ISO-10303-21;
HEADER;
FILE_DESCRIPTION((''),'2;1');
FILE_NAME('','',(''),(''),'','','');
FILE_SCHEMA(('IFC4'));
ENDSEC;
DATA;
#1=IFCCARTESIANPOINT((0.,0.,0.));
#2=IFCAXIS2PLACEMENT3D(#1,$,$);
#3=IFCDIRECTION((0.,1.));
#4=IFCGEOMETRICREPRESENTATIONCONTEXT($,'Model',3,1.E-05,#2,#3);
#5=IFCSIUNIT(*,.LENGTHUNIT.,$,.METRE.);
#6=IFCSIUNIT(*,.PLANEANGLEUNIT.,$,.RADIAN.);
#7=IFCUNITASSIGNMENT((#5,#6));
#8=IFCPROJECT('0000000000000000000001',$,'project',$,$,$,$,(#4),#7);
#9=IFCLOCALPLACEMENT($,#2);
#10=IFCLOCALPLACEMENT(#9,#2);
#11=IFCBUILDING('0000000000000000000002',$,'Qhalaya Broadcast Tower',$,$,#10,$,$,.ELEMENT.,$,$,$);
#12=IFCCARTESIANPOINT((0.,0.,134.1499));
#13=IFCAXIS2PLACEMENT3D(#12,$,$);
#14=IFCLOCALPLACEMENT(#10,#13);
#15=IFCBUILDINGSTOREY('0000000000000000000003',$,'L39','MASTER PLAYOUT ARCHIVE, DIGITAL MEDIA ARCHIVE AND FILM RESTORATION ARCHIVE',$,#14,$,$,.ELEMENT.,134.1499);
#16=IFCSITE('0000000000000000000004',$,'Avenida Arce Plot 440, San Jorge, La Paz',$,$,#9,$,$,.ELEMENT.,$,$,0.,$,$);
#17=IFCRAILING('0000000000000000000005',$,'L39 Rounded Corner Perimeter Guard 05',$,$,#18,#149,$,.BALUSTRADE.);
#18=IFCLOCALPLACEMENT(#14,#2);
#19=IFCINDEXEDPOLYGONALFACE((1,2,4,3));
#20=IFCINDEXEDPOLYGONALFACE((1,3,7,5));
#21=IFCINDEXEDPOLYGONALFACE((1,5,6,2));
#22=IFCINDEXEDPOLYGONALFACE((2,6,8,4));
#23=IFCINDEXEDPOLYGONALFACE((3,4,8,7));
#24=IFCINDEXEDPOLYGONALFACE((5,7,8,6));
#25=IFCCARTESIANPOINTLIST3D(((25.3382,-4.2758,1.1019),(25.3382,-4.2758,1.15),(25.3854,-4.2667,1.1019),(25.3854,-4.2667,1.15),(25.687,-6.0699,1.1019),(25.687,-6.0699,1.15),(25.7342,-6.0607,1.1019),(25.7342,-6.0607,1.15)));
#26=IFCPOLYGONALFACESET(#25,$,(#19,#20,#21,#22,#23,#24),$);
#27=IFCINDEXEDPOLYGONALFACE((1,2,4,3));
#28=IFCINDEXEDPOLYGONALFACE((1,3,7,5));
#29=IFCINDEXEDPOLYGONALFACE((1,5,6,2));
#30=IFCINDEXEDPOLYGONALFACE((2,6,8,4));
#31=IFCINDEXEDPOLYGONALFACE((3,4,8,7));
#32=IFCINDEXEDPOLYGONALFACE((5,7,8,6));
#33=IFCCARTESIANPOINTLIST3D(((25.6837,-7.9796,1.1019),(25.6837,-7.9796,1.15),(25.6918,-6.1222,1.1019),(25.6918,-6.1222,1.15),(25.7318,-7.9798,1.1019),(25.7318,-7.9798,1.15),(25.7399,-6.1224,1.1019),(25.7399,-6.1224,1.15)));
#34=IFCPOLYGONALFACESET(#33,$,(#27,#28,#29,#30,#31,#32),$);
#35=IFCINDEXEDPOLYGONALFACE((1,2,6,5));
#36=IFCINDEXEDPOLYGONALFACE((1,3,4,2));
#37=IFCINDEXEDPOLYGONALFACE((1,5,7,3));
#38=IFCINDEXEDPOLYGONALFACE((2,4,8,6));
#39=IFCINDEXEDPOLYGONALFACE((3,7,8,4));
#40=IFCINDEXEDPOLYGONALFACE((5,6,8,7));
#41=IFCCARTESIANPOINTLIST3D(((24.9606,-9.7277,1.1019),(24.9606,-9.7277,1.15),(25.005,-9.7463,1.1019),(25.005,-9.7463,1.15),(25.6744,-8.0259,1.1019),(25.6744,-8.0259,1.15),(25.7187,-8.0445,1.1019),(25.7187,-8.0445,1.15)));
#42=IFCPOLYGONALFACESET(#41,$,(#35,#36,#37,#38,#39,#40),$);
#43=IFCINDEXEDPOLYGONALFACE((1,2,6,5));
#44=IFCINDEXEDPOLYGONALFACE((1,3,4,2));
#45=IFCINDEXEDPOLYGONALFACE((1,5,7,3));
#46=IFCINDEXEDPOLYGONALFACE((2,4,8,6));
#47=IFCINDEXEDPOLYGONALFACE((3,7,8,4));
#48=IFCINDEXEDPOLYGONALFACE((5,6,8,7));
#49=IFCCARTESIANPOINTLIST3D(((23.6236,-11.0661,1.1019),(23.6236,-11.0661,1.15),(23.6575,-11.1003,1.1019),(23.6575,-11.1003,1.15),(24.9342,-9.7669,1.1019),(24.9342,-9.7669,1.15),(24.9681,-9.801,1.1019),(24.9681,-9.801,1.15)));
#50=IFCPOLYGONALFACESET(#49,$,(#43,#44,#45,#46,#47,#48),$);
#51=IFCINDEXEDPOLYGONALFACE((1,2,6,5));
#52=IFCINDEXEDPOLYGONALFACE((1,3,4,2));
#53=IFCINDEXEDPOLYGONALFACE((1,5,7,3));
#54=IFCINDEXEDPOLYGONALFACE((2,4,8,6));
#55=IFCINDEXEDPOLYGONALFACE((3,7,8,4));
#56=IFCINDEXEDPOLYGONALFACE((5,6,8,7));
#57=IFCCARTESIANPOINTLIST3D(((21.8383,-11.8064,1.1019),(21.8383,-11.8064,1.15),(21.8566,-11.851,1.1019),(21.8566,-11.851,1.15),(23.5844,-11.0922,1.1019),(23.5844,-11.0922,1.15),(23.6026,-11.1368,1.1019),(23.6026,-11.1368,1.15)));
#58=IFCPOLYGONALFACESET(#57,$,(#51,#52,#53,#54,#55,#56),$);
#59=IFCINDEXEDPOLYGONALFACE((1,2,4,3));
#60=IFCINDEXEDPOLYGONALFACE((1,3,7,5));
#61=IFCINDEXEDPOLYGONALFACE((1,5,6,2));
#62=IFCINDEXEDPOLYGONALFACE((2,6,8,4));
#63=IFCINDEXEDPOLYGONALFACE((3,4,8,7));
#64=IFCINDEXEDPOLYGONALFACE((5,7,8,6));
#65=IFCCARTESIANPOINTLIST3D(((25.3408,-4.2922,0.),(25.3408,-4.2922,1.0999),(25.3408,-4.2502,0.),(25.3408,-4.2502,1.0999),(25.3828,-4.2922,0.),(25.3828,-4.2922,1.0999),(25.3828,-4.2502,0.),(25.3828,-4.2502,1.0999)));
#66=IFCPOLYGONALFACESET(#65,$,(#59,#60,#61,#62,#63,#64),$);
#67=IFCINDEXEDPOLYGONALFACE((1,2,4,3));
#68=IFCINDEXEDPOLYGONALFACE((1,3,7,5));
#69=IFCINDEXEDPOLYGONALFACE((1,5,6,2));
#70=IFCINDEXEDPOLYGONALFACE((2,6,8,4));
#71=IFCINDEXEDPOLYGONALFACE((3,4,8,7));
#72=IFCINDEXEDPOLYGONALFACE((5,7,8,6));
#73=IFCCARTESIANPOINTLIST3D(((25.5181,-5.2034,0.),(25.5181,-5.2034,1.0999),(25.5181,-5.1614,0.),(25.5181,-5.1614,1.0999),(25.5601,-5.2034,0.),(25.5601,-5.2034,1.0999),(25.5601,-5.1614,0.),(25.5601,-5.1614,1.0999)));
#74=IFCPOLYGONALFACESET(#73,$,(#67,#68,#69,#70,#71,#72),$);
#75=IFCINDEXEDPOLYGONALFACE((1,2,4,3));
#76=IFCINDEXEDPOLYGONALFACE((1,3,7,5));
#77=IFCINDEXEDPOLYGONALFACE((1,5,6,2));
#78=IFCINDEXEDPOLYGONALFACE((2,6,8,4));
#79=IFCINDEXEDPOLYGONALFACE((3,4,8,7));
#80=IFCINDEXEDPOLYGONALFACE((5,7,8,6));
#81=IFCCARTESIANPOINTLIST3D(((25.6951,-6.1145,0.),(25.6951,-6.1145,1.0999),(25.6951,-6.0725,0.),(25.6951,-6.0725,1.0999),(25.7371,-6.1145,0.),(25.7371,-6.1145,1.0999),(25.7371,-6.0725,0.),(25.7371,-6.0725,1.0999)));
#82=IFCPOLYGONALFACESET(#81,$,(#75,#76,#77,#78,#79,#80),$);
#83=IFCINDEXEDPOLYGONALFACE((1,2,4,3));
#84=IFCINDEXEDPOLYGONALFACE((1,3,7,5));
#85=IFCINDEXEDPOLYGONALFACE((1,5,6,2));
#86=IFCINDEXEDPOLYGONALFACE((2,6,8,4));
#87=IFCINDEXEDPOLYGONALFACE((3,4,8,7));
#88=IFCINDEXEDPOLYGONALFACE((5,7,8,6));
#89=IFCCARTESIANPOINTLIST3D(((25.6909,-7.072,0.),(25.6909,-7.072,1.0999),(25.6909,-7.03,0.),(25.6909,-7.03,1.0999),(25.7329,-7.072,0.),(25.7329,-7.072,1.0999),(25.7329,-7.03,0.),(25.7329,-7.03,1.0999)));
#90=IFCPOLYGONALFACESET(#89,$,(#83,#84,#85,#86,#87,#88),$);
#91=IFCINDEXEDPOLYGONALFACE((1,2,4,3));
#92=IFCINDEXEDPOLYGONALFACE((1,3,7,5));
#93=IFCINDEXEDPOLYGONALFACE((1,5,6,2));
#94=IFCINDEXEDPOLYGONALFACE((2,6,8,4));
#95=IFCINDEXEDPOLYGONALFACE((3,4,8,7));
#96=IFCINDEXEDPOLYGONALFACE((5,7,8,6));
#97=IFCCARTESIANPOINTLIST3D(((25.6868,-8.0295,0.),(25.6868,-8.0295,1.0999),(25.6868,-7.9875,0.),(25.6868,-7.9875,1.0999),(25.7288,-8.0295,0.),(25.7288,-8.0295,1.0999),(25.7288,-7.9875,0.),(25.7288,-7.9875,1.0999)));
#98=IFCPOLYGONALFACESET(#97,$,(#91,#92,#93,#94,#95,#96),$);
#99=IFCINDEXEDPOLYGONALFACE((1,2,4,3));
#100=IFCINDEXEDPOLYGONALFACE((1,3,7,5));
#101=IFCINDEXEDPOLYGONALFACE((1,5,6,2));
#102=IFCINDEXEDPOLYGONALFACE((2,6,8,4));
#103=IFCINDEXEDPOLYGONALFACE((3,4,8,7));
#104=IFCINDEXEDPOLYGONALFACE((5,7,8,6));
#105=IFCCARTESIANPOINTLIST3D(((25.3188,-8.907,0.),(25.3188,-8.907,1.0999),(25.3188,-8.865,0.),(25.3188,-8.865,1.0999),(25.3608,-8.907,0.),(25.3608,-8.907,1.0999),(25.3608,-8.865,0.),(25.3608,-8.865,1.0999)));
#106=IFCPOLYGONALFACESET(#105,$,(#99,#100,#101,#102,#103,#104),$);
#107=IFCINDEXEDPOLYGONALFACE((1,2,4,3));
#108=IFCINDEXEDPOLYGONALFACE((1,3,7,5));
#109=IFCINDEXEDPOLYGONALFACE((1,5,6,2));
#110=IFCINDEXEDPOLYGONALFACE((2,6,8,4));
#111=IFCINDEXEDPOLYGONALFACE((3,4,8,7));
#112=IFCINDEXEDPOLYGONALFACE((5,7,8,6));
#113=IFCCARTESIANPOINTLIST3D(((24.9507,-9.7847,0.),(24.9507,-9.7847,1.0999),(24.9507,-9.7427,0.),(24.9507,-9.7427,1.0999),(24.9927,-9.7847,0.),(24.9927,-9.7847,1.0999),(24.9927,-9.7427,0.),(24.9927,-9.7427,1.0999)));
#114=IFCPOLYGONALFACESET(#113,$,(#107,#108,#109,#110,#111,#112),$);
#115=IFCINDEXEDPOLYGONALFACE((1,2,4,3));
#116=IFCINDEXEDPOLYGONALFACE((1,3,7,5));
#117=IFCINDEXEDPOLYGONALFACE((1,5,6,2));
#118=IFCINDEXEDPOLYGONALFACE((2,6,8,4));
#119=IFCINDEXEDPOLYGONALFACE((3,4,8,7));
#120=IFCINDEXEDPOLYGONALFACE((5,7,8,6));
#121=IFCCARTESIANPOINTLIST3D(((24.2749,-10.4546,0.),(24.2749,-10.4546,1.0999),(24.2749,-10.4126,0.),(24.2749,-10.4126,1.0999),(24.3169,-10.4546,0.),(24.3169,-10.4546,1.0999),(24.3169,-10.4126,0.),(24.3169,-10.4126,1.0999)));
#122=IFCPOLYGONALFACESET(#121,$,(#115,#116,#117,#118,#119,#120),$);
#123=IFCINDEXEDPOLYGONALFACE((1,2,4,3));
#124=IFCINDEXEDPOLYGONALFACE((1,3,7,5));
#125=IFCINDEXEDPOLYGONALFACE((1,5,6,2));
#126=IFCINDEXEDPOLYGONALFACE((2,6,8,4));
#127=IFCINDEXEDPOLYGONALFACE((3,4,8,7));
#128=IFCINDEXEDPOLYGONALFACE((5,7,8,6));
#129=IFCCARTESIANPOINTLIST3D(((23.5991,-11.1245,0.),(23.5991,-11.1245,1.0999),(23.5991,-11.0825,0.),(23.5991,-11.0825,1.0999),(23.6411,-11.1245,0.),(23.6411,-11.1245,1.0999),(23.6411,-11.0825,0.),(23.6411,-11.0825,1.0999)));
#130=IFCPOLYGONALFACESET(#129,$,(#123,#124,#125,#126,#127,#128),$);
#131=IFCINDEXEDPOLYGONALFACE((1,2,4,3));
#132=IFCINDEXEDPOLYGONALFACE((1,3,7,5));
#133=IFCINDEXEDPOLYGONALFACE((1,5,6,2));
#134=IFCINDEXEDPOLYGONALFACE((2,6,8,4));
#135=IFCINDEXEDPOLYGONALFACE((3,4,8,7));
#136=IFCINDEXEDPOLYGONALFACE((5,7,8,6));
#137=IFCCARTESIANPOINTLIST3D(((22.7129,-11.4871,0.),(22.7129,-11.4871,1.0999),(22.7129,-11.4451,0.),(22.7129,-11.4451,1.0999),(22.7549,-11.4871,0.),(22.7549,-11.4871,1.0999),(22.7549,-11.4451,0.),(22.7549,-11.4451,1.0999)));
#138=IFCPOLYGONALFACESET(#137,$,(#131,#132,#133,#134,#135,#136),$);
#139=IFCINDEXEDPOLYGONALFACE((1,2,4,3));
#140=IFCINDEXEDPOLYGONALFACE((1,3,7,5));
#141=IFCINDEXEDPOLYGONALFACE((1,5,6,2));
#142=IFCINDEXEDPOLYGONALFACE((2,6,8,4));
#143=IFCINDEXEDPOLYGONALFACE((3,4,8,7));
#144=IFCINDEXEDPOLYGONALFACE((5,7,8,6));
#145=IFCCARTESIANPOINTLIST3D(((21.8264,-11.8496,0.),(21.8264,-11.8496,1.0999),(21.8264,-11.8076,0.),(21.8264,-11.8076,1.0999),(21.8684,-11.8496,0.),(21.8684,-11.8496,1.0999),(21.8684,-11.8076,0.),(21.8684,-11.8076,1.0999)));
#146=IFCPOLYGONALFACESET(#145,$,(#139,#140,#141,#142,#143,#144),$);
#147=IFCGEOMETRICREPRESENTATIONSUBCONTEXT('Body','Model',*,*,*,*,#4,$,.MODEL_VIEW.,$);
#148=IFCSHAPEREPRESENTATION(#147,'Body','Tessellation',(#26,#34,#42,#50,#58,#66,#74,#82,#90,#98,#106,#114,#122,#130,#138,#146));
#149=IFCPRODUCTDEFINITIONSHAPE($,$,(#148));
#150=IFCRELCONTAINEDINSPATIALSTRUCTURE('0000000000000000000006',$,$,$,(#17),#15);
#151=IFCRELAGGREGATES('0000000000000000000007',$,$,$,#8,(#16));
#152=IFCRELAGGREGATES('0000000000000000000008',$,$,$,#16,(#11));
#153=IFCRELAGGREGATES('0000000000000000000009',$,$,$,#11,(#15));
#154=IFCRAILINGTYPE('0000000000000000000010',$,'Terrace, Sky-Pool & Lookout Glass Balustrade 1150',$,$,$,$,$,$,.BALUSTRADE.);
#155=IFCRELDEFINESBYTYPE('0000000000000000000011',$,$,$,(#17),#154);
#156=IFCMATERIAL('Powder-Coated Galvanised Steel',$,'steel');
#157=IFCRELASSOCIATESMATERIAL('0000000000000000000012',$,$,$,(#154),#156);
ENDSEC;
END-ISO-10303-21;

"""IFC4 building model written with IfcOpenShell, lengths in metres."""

from ifc_helpers import new_model, si_unit, direction, frame, origin, origin_2d, place, context, subcontext, project, spatial, rectangle, extrude, material, type_object, element, save


model = new_model("IFC4")

# Units and contexts
model_context = context("Model", 3, precision=1e-05, world=origin(), true_north=direction((0.0, 1.0)))
body_context = subcontext(model_context, "Body", "Model", "MODEL_VIEW")
ifc_project = project(units=[si_unit("LENGTHUNIT", "METRE"), si_unit("PLANEANGLEUNIT", "RADIAN")], contexts=[model_context])

# Site, building, storey
site_placement = place(None, origin())
site = spatial("IfcSite", under=ifc_project, at=site_placement, Name="Avenida Arce Plot 440, San Jorge, La Paz", CompositionType="ELEMENT", RefElevation=0.0)
building_placement = place(site_placement, origin())
building = spatial("IfcBuilding", under=site, at=building_placement, Name="Qhalaya Broadcast Tower", CompositionType="ELEMENT")
storey_placement = place(building_placement, frame((0.0, 0.0, 134.1499)))
storey = spatial("IfcBuildingStorey", under=building, at=storey_placement, Name="L39", Description="MASTER PLAYOUT ARCHIVE, DIGITAL MEDIA ARCHIVE AND FILM RESTORATION ARCHIVE", CompositionType="ELEMENT", Elevation=134.1499)

# Railing
ifc_material_1 = material(Name="Powder-Coated Galvanised Steel", Category="steel")
railing_type = type_object("IfcRailingType", Name="Terrace, Sky-Pool & Lookout Glass Balustrade 1150", PredefinedType="BALUSTRADE", material=ifc_material_1)
railing_1_placement = place(storey_placement, frame((25.3618, -4.2712, 0.0)))
element("IfcRailing", 1, at=railing_1_placement, inside=storey, type_object=railing_type, Name="L39 Rounded Corner Perimeter Guard 05", PredefinedType="BALUSTRADE", context=body_context, shape_type="SweptSolid", body=[
    extrude(rectangle(XDim=0.0481, YDim=0.0481, at=origin_2d()), frame((0.0, 0.0, 1.126), z_axis=(0.190827, -0.981624, 0.0), x_axis=(0.981624, 0.190827, 0.0)), (0.0, 0.0, 1.0), 1.8276),
    extrude(rectangle(XDim=0.0481, YDim=0.0481, at=origin_2d()), frame((0.354, -1.8511, 1.126), z_axis=(-0.004334, -0.999991, 0.0), x_axis=(0.999991, -0.004334, 0.0)), (0.0, 0.0, 1.0), 1.8574),
    extrude(rectangle(XDim=0.0481, YDim=0.0481, at=origin_2d()), frame((0.3347, -3.7639, 1.126), z_axis=(-0.386755, -0.922183, 0.0), x_axis=(0.922183, -0.386755, 0.0)), (0.0, 0.0, 1.0), 1.8455),
    extrude(rectangle(XDim=0.0481, YDim=0.0481, at=origin_2d()), frame((-0.4106, -5.5127, 1.126), z_axis=(-0.710179, -0.704021, 0.0), x_axis=(0.704021, -0.710179, 0.0)), (0.0, 0.0, 1.0), 1.8455),
    extrude(rectangle(XDim=0.0481, YDim=0.0481, at=origin_2d()), frame((-1.7683, -6.8433, 1.126), z_axis=(-0.925565, -0.378588, 0.0), x_axis=(0.378588, -0.925565, 0.0)), (0.0, 0.0, 1.0), 1.8865),
    extrude(rectangle(XDim=0.042, YDim=0.042, at=origin_2d()), origin(), (0.0, 0.0, 1.0), 1.0999),
    extrude(rectangle(XDim=0.042, YDim=0.042, at=origin_2d()), frame((0.1772, -0.9111, 0.0)), (0.0, 0.0, 1.0), 1.0999),
    extrude(rectangle(XDim=0.042, YDim=0.042, at=origin_2d()), frame((0.3542, -1.8223, 0.0)), (0.0, 0.0, 1.0), 1.0999),
    extrude(rectangle(XDim=0.042, YDim=0.042, at=origin_2d()), frame((0.3501, -2.7798, 0.0)), (0.0, 0.0, 1.0), 1.0999),
    extrude(rectangle(XDim=0.042, YDim=0.042, at=origin_2d()), frame((0.3459, -3.7373, 0.0)), (0.0, 0.0, 1.0), 1.0999),
    extrude(rectangle(XDim=0.042, YDim=0.042, at=origin_2d()), frame((-0.022, -4.6147, 0.0)), (0.0, 0.0, 1.0), 1.0999),
    extrude(rectangle(XDim=0.042, YDim=0.042, at=origin_2d()), frame((-0.3901, -5.4924, 0.0)), (0.0, 0.0, 1.0), 1.0999),
    extrude(rectangle(XDim=0.042, YDim=0.042, at=origin_2d()), frame((-1.0659, -6.1624, 0.0)), (0.0, 0.0, 1.0), 1.0999),
    extrude(rectangle(XDim=0.042, YDim=0.042, at=origin_2d()), frame((-1.7417, -6.8323, 0.0)), (0.0, 0.0, 1.0), 1.0999),
    extrude(rectangle(XDim=0.042, YDim=0.042, at=origin_2d()), frame((-2.6279, -7.1948, 0.0)), (0.0, 0.0, 1.0), 1.0999),
    extrude(rectangle(XDim=0.042, YDim=0.042, at=origin_2d()), frame((-3.5144, -7.5574, 0.0)), (0.0, 0.0, 1.0), 1.0999),
])

save(model, "model.ifc")
